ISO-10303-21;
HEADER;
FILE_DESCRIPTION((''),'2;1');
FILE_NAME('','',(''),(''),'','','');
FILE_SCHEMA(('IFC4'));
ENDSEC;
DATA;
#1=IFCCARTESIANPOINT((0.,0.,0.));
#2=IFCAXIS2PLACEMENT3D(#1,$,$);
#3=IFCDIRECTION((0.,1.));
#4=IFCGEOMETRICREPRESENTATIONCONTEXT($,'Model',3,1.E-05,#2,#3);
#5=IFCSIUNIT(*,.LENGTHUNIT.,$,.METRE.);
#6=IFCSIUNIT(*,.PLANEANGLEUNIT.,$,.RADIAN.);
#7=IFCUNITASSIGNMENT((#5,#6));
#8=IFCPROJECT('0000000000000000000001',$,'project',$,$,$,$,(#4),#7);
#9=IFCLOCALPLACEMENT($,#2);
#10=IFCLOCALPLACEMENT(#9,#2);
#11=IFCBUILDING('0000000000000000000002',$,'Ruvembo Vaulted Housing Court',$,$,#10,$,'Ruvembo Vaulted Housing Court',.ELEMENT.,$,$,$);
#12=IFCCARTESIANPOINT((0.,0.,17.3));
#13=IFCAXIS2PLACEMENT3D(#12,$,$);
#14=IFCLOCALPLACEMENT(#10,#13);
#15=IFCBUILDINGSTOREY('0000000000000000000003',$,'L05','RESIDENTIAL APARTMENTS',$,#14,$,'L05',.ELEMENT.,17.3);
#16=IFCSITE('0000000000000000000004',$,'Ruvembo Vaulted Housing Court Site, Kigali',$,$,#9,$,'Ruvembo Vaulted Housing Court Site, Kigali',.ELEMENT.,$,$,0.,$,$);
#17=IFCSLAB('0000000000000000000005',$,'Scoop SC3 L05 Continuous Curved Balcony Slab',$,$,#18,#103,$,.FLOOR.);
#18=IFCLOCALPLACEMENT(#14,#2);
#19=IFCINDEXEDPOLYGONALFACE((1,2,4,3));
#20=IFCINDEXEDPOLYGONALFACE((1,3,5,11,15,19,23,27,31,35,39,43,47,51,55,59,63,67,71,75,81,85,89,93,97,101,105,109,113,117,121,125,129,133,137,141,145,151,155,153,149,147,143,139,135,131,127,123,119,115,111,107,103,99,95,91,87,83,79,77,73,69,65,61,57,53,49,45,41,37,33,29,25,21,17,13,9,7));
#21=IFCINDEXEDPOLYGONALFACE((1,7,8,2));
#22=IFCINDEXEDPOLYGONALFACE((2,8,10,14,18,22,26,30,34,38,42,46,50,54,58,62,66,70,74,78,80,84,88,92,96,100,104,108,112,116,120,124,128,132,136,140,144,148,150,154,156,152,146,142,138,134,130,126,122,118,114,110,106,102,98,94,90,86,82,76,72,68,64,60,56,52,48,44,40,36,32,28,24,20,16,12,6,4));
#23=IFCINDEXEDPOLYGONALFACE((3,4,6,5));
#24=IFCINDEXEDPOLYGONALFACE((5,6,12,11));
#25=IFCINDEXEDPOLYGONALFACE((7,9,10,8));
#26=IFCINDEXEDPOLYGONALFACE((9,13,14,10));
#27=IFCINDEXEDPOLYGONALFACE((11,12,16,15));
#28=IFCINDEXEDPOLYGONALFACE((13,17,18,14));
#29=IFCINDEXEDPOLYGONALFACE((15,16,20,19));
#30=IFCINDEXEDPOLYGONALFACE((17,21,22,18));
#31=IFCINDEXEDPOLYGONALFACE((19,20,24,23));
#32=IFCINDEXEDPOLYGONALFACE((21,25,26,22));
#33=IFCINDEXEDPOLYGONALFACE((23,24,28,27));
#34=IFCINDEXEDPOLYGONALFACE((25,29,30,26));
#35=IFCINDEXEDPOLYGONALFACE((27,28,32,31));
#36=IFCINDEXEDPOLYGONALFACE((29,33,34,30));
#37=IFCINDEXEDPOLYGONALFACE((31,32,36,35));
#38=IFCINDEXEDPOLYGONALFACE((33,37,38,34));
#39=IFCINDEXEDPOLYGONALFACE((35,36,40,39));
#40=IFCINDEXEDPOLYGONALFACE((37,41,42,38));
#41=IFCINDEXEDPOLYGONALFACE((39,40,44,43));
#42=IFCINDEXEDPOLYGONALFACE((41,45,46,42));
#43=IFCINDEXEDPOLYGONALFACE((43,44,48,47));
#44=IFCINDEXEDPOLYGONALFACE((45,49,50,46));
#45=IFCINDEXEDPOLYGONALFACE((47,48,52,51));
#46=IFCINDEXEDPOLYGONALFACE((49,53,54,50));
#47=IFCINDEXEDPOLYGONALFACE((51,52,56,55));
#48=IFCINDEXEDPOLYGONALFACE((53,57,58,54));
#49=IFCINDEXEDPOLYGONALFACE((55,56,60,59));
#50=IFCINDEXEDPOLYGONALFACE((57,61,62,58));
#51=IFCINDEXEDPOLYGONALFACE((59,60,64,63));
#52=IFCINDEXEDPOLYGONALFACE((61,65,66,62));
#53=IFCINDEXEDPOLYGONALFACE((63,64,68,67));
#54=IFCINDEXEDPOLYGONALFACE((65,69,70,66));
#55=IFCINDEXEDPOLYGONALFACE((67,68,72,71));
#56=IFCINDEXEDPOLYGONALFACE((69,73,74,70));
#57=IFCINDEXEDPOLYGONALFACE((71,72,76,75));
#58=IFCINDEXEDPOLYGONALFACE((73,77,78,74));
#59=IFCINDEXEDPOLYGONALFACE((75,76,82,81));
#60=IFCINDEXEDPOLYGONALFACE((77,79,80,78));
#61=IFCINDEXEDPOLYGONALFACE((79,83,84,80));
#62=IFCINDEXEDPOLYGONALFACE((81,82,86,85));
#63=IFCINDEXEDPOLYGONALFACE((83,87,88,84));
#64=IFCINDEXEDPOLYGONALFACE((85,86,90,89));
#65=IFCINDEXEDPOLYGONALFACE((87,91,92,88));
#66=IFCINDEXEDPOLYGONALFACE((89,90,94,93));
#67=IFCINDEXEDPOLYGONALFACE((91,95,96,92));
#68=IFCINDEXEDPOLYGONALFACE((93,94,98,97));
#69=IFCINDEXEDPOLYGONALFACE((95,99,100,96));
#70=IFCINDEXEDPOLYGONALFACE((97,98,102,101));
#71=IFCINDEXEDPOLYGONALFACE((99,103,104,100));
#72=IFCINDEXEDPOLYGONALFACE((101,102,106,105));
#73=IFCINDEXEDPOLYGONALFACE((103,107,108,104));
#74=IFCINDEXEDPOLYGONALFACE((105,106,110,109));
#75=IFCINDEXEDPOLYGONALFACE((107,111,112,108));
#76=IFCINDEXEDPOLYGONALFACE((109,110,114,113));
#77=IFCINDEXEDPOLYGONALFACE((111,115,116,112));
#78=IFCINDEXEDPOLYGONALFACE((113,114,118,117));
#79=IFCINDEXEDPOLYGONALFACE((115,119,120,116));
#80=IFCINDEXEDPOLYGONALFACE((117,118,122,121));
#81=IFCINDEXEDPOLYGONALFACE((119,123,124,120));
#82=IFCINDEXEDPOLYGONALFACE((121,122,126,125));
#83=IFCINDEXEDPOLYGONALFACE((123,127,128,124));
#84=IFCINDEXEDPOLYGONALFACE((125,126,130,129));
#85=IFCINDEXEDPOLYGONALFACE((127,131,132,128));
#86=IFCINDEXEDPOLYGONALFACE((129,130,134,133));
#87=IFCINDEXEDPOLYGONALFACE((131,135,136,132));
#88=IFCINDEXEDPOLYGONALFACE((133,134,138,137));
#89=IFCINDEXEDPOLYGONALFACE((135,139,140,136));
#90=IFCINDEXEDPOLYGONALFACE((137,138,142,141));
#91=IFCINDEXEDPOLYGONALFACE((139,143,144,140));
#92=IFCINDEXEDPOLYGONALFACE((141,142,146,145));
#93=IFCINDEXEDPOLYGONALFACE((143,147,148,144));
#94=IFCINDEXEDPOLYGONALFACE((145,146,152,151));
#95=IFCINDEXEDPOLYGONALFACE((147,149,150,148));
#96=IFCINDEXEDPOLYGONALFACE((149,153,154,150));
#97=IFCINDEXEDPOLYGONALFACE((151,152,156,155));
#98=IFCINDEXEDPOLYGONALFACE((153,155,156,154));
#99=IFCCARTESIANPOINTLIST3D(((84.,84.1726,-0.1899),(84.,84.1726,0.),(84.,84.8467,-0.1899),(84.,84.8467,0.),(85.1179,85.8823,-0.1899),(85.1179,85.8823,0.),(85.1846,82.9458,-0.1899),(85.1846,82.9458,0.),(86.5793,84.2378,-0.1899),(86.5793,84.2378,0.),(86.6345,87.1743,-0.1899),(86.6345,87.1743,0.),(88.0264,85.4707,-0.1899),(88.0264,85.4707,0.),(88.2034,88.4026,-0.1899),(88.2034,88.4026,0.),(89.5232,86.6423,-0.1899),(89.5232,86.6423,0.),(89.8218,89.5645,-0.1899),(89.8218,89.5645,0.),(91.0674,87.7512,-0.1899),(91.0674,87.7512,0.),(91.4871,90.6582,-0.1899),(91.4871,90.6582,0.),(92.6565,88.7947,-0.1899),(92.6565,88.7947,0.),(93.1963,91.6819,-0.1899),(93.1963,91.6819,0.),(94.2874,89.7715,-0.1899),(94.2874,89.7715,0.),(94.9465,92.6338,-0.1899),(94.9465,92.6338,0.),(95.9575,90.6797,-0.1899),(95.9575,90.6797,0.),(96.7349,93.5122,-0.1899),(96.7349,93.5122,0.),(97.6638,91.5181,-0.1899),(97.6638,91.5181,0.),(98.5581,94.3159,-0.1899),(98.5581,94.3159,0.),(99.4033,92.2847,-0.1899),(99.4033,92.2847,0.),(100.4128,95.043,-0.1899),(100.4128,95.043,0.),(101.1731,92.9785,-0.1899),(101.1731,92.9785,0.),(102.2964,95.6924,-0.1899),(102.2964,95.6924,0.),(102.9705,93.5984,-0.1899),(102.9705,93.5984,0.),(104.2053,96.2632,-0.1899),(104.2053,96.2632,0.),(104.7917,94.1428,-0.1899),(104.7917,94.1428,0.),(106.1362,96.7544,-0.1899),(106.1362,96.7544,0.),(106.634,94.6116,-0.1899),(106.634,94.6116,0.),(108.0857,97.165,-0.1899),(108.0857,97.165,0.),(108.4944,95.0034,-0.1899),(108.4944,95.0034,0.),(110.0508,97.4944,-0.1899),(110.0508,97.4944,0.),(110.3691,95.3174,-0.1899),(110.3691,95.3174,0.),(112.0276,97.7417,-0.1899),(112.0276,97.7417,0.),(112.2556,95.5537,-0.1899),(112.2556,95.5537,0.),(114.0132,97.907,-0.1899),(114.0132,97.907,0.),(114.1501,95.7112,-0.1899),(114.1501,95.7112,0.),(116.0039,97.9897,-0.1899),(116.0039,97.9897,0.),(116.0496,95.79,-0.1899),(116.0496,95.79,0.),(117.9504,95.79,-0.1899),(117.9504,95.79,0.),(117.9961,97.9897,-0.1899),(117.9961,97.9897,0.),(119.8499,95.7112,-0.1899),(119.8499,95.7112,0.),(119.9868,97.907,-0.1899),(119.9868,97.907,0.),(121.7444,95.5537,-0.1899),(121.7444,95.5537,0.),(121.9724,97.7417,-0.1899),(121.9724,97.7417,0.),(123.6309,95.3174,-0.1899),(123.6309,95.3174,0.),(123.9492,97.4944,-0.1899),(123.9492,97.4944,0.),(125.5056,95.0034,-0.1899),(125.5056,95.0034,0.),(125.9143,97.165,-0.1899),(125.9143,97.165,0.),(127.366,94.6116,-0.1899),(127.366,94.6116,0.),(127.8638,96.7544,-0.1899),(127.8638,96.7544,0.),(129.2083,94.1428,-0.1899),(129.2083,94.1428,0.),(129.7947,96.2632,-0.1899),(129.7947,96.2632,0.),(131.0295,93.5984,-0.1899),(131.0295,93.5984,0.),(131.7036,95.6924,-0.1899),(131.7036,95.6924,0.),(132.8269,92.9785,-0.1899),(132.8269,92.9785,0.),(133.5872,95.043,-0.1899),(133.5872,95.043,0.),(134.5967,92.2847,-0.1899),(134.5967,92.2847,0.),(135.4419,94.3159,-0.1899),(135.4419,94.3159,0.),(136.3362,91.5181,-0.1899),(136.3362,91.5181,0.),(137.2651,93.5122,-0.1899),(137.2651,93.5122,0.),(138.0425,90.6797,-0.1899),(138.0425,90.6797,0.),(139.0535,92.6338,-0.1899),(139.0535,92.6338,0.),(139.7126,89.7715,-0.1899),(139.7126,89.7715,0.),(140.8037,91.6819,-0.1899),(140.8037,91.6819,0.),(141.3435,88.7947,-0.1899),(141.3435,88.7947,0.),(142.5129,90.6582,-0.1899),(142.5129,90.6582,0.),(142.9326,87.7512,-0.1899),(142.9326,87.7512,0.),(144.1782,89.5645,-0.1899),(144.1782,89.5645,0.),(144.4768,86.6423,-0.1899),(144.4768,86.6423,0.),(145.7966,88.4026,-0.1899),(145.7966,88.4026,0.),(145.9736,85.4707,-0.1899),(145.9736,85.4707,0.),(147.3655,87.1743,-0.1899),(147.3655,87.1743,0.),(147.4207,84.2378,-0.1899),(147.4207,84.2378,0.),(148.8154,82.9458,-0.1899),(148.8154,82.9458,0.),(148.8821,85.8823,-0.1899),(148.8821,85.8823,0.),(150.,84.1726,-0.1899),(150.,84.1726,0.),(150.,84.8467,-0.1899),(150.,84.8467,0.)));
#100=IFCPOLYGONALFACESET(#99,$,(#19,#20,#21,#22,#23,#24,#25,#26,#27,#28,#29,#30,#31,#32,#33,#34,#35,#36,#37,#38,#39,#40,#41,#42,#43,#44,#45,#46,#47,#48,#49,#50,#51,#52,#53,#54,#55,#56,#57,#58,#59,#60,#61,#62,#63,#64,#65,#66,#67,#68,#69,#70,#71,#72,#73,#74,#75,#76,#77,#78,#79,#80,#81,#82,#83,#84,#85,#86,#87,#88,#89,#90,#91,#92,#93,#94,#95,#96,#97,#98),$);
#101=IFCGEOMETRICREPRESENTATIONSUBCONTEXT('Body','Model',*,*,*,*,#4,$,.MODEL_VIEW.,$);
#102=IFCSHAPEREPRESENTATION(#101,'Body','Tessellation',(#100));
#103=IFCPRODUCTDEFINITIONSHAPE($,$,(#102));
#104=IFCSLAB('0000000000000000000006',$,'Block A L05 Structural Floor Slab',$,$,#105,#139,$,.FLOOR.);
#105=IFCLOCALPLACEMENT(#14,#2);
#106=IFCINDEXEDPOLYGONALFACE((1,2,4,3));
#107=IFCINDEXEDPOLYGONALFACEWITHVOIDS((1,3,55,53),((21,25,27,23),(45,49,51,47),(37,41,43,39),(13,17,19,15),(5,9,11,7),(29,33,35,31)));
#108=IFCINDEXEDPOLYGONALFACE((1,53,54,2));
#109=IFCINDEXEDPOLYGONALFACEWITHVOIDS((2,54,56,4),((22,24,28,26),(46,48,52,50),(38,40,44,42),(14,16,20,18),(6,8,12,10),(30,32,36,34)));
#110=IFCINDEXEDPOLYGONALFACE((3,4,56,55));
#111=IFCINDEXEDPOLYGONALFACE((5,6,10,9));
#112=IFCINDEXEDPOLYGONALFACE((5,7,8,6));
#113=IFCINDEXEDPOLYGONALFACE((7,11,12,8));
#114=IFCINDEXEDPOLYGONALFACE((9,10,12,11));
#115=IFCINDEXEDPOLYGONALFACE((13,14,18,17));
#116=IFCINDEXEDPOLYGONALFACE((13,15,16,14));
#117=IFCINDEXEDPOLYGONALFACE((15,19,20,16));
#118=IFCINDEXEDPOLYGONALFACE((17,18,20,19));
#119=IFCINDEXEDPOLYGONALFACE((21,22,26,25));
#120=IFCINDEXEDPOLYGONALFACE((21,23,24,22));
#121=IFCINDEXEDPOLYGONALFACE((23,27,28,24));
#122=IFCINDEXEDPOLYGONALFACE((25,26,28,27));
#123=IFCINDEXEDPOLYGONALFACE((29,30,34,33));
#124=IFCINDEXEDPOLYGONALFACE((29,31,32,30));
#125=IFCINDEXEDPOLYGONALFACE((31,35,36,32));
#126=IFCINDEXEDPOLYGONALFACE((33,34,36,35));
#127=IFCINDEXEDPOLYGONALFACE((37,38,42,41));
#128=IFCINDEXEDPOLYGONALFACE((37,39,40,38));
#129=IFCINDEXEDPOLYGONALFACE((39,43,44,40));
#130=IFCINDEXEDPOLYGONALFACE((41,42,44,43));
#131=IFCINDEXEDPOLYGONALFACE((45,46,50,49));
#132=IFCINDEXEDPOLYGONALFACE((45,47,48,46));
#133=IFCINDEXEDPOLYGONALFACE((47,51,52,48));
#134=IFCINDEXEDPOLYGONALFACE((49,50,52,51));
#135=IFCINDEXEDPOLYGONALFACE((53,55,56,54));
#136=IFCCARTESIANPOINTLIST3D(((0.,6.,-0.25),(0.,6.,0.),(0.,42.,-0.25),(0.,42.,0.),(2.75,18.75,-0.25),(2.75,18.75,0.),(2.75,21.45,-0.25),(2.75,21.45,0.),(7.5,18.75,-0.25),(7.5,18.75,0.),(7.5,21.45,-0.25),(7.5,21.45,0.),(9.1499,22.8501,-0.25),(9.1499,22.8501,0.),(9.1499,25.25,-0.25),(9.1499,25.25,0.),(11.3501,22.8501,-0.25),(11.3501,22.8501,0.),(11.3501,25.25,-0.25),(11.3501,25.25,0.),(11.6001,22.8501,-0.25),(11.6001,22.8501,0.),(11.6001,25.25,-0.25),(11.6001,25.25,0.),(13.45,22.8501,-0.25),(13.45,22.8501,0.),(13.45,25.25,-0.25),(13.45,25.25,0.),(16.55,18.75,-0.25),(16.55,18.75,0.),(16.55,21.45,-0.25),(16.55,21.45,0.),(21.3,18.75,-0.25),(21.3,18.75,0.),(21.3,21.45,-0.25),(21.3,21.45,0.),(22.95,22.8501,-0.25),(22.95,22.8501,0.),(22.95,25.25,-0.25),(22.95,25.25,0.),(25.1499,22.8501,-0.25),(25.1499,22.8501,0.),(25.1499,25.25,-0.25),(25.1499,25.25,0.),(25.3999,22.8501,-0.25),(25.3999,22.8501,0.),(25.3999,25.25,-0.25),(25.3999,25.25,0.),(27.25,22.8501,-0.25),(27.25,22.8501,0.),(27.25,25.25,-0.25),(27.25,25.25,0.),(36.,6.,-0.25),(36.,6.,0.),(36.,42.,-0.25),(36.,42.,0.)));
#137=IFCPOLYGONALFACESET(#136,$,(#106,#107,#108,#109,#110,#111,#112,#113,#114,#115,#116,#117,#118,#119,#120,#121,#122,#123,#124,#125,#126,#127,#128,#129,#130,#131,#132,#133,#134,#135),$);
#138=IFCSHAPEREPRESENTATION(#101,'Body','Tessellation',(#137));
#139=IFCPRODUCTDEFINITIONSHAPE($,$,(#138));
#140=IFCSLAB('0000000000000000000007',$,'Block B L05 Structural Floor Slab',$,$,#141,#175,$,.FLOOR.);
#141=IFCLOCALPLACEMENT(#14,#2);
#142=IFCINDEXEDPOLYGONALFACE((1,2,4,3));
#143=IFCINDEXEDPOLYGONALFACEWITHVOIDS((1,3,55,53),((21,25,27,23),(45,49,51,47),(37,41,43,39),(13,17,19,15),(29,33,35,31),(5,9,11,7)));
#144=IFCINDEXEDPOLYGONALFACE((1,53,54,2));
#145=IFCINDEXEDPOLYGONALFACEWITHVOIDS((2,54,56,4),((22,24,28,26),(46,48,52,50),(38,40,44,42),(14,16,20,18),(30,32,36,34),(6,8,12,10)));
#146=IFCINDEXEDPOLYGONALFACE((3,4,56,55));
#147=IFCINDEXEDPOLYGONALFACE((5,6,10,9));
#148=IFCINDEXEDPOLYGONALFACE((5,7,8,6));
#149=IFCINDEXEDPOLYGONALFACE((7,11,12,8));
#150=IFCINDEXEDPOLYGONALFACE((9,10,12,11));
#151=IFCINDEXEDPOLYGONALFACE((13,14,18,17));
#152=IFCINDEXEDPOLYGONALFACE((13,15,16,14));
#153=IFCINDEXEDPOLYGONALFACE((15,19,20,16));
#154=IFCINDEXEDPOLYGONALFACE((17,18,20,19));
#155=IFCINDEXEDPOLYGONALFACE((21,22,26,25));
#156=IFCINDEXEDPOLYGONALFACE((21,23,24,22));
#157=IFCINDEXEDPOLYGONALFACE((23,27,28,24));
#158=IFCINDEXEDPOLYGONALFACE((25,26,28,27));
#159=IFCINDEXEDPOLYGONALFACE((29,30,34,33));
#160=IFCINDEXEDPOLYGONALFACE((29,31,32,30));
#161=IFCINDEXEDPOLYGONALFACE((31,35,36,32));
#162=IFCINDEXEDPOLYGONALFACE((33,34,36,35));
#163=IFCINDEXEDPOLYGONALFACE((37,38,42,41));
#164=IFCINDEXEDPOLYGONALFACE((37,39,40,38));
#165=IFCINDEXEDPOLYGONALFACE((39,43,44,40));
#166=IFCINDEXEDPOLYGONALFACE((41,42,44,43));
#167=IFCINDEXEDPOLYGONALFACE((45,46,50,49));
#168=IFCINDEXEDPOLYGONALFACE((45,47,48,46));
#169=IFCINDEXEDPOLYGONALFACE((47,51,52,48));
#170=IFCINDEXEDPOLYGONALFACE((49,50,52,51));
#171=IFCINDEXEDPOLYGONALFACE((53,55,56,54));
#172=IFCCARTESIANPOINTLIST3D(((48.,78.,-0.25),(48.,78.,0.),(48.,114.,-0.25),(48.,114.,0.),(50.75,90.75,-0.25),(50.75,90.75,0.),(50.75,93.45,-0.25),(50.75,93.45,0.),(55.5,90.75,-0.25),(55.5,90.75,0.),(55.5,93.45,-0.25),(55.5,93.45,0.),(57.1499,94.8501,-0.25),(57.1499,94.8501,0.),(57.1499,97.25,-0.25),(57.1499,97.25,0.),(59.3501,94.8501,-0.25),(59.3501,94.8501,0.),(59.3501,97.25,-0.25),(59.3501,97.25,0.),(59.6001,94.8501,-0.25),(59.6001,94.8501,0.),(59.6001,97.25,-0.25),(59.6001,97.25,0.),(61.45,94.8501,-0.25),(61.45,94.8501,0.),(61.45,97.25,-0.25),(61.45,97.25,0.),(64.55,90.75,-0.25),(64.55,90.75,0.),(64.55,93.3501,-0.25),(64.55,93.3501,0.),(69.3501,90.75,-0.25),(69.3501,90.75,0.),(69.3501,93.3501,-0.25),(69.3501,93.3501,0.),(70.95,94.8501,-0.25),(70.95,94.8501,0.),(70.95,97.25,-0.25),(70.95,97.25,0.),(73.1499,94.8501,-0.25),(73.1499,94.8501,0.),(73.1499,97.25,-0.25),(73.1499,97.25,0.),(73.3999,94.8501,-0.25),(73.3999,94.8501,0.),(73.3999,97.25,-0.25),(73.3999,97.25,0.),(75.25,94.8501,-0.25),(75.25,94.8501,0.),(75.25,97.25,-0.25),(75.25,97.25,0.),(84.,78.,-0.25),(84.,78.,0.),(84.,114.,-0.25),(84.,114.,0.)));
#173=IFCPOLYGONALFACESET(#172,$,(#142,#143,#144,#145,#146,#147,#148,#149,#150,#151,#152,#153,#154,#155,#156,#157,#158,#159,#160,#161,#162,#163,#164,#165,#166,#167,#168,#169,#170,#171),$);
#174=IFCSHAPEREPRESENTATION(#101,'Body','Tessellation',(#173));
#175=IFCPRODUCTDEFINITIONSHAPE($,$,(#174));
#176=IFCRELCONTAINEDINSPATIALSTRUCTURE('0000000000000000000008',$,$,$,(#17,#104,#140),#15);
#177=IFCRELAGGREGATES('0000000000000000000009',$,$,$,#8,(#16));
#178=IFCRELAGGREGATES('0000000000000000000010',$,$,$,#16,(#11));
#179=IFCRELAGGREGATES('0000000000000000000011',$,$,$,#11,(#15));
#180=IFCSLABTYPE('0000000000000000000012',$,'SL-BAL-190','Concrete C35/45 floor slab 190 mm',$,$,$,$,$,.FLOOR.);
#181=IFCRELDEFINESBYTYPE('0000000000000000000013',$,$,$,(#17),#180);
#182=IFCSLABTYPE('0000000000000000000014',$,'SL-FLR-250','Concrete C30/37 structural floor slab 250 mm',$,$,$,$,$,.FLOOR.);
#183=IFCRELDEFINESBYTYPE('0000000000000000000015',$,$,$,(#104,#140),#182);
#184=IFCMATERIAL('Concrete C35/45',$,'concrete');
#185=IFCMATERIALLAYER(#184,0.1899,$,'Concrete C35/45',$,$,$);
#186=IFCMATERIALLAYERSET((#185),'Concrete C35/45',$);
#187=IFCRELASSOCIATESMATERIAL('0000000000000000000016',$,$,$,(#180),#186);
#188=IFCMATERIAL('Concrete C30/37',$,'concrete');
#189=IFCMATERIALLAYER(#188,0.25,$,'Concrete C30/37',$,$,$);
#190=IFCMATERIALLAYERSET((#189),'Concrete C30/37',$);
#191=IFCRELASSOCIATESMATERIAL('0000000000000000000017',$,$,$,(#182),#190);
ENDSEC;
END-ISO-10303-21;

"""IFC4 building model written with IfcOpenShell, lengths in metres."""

from ifc_helpers import new_model, si_unit, direction, frame, origin, place, context, subcontext, project, spatial, polyline, outline, extrude, material, layer, layer_set, type_object, element, save


model = new_model("IFC4")

# Units and contexts
model_context = context("Model", 3, precision=1e-05, world=origin(), true_north=direction((0.0, 1.0)))
body_context = subcontext(model_context, "Body", "Model", "MODEL_VIEW")
ifc_project = project(units=[si_unit("LENGTHUNIT", "METRE"), si_unit("PLANEANGLEUNIT", "RADIAN")], contexts=[model_context])

# Site, building, storey
site_placement = place(None, origin())
site = spatial("IfcSite", under=ifc_project, at=site_placement, Name="Ruvembo Vaulted Housing Court Site, Kigali", LongName="Ruvembo Vaulted Housing Court Site, Kigali", CompositionType="ELEMENT", RefElevation=0.0)
building_placement = place(site_placement, origin())
building = spatial("IfcBuilding", under=site, at=building_placement, Name="Ruvembo Vaulted Housing Court", LongName="Ruvembo Vaulted Housing Court", CompositionType="ELEMENT")
storey_placement = place(building_placement, frame((0.0, 0.0, 17.3)))
storey = spatial("IfcBuildingStorey", under=building, at=storey_placement, Name="L05", Description="RESIDENTIAL APARTMENTS", LongName="L05", CompositionType="ELEMENT", Elevation=17.3)

# Slabs
ifc_material_1 = material(Name="Concrete C35/45", Category="concrete")
ifc_layer_1 = layer(ifc_material_1, 0.1899, Name="Concrete C35/45")
ifc_layer_set_1 = layer_set([ifc_layer_1], Name="Concrete C35/45")
slab_type_1 = type_object("IfcSlabType", Name="SL-BAL-190", Description="Concrete C35/45 floor slab 190 mm", PredefinedType="FLOOR", material=ifc_layer_set_1)
slab_1_placement = place(storey_placement, frame((0.0, 0.0, -0.1899)))
element("IfcSlab", 1, at=slab_1_placement, inside=storey, type_object=slab_type_1, Name="Scoop SC3 L05 Continuous Curved Balcony Slab", PredefinedType="FLOOR", context=body_context, shape_type="SweptSolid", body=[
    extrude(outline(polyline([(150.0, 84.1726), (150.0, 84.8467), (148.8821, 85.8823), (147.3655, 87.1743), (145.7966, 88.4026), (144.1782, 89.5645), (142.5129, 90.6582), (140.8037, 91.6819), (139.0535, 92.6338), (137.2651, 93.5122), (135.4419, 94.3159), (133.5872, 95.043), (131.7036, 95.6924), (129.7947, 96.2632), (127.8638, 96.7544), (125.9143, 97.165), (123.9492, 97.4944), (121.9724, 97.7417), (119.9868, 97.907), (117.9961, 97.9897), (116.0039, 97.9897), (114.0132, 97.907), (112.0276, 97.7417), (110.0508, 97.4944), (108.0857, 97.165), (106.1362, 96.7544), (104.2053, 96.2632), (102.2964, 95.6924), (100.4128, 95.043), (98.5581, 94.3159), (96.7349, 93.5122), (94.9465, 92.6338), (93.1963, 91.6819), (91.4871, 90.6582), (89.8218, 89.5645), (88.2034, 88.4026), (86.6345, 87.1743), (85.1179, 85.8823), (84.0, 84.8467), (84.0, 84.1726), (85.1846, 82.9458), (86.5793, 84.2378), (88.0264, 85.4707), (89.5232, 86.6423), (91.0674, 87.7512), (92.6565, 88.7947), (94.2874, 89.7715), (95.9575, 90.6797), (97.6638, 91.5181), (99.4033, 92.2847), (101.1731, 92.9785), (102.9705, 93.5984), (104.7917, 94.1428), (106.634, 94.6116), (108.4944, 95.0034), (110.3691, 95.3174), (112.2556, 95.5537), (114.1501, 95.7112), (116.0496, 95.79), (117.9504, 95.79), (119.8499, 95.7112), (121.7444, 95.5537), (123.6309, 95.3174), (125.5056, 95.0034), (127.366, 94.6116), (129.2083, 94.1428), (131.0295, 93.5984), (132.8269, 92.9785), (134.5967, 92.2847), (136.3362, 91.5181), (138.0425, 90.6797), (139.7126, 89.7715), (141.3435, 88.7947), (142.9326, 87.7512), (144.4768, 86.6423), (145.9736, 85.4707), (147.4207, 84.2378), (148.8154, 82.9458), (150.0, 84.1726)])), origin(), (0.0, 0.0, 1.0), 0.1899),
])
ifc_material_2 = material(Name="Concrete C30/37", Category="concrete")
ifc_layer_2 = layer(ifc_material_2, 0.25, Name="Concrete C30/37")
ifc_layer_set_2 = layer_set([ifc_layer_2], Name="Concrete C30/37")
slab_type_2 = type_object("IfcSlabType", Name="SL-FLR-250", Description="Concrete C30/37 structural floor slab 250 mm", PredefinedType="FLOOR", material=ifc_layer_set_2)
slab_2_placement = place(storey_placement, frame((0.0, 0.0, -0.25)))
element("IfcSlab", 2, at=slab_2_placement, inside=storey, type_object=slab_type_2, Name="Block A L05 Structural Floor Slab", PredefinedType="FLOOR", context=body_context, shape_type="SweptSolid", body=[
    extrude(outline(polyline([(36.0, 6.0), (36.0, 42.0), (0.0, 42.0), (0.0, 6.0), (36.0, 6.0)]), holes=[polyline([(7.5, 21.45), (2.75, 21.45), (2.75, 18.75), (7.5, 18.75), (7.5, 21.45)]), polyline([(9.1499, 22.8501), (11.3501, 22.8501), (11.3501, 25.25), (9.1499, 25.25), (9.1499, 22.8501)]), polyline([(11.6001, 22.8501), (13.45, 22.8501), (13.45, 25.25), (11.6001, 25.25), (11.6001, 22.8501)]), polyline([(21.3, 21.45), (16.55, 21.45), (16.55, 18.75), (21.3, 18.75), (21.3, 21.45)]), polyline([(22.95, 22.8501), (25.1499, 22.8501), (25.1499, 25.25), (22.95, 25.25), (22.95, 22.8501)]), polyline([(25.3999, 22.8501), (27.25, 22.8501), (27.25, 25.25), (25.3999, 25.25), (25.3999, 22.8501)])]), origin(), (0.0, 0.0, 1.0), 0.25),
])
slab_3_placement = place(storey_placement, frame((0.0, 0.0, -0.25)))
element("IfcSlab", 3, at=slab_3_placement, inside=storey, type_object=slab_type_2, Name="Block B L05 Structural Floor Slab", PredefinedType="FLOOR", context=body_context, shape_type="SweptSolid", body=[
    extrude(outline(polyline([(84.0, 78.0), (84.0, 114.0), (48.0, 114.0), (48.0, 78.0), (84.0, 78.0)]), holes=[polyline([(55.5, 93.45), (50.75, 93.45), (50.75, 90.75), (55.5, 90.75), (55.5, 93.45)]), polyline([(57.1499, 94.8501), (59.3501, 94.8501), (59.3501, 97.25), (57.1499, 97.25), (57.1499, 94.8501)]), polyline([(59.6001, 94.8501), (61.45, 94.8501), (61.45, 97.25), (59.6001, 97.25), (59.6001, 94.8501)]), polyline([(69.3501, 93.3501), (64.55, 93.3501), (64.55, 90.75), (69.3501, 90.75), (69.3501, 93.3501)]), polyline([(70.95, 94.8501), (73.1499, 94.8501), (73.1499, 97.25), (70.95, 97.25), (70.95, 94.8501)]), polyline([(73.3999, 94.8501), (75.25, 94.8501), (75.25, 97.25), (73.3999, 97.25), (73.3999, 94.8501)])]), origin(), (0.0, 0.0, 1.0), 0.25),
])

save(model, "model.ifc")
